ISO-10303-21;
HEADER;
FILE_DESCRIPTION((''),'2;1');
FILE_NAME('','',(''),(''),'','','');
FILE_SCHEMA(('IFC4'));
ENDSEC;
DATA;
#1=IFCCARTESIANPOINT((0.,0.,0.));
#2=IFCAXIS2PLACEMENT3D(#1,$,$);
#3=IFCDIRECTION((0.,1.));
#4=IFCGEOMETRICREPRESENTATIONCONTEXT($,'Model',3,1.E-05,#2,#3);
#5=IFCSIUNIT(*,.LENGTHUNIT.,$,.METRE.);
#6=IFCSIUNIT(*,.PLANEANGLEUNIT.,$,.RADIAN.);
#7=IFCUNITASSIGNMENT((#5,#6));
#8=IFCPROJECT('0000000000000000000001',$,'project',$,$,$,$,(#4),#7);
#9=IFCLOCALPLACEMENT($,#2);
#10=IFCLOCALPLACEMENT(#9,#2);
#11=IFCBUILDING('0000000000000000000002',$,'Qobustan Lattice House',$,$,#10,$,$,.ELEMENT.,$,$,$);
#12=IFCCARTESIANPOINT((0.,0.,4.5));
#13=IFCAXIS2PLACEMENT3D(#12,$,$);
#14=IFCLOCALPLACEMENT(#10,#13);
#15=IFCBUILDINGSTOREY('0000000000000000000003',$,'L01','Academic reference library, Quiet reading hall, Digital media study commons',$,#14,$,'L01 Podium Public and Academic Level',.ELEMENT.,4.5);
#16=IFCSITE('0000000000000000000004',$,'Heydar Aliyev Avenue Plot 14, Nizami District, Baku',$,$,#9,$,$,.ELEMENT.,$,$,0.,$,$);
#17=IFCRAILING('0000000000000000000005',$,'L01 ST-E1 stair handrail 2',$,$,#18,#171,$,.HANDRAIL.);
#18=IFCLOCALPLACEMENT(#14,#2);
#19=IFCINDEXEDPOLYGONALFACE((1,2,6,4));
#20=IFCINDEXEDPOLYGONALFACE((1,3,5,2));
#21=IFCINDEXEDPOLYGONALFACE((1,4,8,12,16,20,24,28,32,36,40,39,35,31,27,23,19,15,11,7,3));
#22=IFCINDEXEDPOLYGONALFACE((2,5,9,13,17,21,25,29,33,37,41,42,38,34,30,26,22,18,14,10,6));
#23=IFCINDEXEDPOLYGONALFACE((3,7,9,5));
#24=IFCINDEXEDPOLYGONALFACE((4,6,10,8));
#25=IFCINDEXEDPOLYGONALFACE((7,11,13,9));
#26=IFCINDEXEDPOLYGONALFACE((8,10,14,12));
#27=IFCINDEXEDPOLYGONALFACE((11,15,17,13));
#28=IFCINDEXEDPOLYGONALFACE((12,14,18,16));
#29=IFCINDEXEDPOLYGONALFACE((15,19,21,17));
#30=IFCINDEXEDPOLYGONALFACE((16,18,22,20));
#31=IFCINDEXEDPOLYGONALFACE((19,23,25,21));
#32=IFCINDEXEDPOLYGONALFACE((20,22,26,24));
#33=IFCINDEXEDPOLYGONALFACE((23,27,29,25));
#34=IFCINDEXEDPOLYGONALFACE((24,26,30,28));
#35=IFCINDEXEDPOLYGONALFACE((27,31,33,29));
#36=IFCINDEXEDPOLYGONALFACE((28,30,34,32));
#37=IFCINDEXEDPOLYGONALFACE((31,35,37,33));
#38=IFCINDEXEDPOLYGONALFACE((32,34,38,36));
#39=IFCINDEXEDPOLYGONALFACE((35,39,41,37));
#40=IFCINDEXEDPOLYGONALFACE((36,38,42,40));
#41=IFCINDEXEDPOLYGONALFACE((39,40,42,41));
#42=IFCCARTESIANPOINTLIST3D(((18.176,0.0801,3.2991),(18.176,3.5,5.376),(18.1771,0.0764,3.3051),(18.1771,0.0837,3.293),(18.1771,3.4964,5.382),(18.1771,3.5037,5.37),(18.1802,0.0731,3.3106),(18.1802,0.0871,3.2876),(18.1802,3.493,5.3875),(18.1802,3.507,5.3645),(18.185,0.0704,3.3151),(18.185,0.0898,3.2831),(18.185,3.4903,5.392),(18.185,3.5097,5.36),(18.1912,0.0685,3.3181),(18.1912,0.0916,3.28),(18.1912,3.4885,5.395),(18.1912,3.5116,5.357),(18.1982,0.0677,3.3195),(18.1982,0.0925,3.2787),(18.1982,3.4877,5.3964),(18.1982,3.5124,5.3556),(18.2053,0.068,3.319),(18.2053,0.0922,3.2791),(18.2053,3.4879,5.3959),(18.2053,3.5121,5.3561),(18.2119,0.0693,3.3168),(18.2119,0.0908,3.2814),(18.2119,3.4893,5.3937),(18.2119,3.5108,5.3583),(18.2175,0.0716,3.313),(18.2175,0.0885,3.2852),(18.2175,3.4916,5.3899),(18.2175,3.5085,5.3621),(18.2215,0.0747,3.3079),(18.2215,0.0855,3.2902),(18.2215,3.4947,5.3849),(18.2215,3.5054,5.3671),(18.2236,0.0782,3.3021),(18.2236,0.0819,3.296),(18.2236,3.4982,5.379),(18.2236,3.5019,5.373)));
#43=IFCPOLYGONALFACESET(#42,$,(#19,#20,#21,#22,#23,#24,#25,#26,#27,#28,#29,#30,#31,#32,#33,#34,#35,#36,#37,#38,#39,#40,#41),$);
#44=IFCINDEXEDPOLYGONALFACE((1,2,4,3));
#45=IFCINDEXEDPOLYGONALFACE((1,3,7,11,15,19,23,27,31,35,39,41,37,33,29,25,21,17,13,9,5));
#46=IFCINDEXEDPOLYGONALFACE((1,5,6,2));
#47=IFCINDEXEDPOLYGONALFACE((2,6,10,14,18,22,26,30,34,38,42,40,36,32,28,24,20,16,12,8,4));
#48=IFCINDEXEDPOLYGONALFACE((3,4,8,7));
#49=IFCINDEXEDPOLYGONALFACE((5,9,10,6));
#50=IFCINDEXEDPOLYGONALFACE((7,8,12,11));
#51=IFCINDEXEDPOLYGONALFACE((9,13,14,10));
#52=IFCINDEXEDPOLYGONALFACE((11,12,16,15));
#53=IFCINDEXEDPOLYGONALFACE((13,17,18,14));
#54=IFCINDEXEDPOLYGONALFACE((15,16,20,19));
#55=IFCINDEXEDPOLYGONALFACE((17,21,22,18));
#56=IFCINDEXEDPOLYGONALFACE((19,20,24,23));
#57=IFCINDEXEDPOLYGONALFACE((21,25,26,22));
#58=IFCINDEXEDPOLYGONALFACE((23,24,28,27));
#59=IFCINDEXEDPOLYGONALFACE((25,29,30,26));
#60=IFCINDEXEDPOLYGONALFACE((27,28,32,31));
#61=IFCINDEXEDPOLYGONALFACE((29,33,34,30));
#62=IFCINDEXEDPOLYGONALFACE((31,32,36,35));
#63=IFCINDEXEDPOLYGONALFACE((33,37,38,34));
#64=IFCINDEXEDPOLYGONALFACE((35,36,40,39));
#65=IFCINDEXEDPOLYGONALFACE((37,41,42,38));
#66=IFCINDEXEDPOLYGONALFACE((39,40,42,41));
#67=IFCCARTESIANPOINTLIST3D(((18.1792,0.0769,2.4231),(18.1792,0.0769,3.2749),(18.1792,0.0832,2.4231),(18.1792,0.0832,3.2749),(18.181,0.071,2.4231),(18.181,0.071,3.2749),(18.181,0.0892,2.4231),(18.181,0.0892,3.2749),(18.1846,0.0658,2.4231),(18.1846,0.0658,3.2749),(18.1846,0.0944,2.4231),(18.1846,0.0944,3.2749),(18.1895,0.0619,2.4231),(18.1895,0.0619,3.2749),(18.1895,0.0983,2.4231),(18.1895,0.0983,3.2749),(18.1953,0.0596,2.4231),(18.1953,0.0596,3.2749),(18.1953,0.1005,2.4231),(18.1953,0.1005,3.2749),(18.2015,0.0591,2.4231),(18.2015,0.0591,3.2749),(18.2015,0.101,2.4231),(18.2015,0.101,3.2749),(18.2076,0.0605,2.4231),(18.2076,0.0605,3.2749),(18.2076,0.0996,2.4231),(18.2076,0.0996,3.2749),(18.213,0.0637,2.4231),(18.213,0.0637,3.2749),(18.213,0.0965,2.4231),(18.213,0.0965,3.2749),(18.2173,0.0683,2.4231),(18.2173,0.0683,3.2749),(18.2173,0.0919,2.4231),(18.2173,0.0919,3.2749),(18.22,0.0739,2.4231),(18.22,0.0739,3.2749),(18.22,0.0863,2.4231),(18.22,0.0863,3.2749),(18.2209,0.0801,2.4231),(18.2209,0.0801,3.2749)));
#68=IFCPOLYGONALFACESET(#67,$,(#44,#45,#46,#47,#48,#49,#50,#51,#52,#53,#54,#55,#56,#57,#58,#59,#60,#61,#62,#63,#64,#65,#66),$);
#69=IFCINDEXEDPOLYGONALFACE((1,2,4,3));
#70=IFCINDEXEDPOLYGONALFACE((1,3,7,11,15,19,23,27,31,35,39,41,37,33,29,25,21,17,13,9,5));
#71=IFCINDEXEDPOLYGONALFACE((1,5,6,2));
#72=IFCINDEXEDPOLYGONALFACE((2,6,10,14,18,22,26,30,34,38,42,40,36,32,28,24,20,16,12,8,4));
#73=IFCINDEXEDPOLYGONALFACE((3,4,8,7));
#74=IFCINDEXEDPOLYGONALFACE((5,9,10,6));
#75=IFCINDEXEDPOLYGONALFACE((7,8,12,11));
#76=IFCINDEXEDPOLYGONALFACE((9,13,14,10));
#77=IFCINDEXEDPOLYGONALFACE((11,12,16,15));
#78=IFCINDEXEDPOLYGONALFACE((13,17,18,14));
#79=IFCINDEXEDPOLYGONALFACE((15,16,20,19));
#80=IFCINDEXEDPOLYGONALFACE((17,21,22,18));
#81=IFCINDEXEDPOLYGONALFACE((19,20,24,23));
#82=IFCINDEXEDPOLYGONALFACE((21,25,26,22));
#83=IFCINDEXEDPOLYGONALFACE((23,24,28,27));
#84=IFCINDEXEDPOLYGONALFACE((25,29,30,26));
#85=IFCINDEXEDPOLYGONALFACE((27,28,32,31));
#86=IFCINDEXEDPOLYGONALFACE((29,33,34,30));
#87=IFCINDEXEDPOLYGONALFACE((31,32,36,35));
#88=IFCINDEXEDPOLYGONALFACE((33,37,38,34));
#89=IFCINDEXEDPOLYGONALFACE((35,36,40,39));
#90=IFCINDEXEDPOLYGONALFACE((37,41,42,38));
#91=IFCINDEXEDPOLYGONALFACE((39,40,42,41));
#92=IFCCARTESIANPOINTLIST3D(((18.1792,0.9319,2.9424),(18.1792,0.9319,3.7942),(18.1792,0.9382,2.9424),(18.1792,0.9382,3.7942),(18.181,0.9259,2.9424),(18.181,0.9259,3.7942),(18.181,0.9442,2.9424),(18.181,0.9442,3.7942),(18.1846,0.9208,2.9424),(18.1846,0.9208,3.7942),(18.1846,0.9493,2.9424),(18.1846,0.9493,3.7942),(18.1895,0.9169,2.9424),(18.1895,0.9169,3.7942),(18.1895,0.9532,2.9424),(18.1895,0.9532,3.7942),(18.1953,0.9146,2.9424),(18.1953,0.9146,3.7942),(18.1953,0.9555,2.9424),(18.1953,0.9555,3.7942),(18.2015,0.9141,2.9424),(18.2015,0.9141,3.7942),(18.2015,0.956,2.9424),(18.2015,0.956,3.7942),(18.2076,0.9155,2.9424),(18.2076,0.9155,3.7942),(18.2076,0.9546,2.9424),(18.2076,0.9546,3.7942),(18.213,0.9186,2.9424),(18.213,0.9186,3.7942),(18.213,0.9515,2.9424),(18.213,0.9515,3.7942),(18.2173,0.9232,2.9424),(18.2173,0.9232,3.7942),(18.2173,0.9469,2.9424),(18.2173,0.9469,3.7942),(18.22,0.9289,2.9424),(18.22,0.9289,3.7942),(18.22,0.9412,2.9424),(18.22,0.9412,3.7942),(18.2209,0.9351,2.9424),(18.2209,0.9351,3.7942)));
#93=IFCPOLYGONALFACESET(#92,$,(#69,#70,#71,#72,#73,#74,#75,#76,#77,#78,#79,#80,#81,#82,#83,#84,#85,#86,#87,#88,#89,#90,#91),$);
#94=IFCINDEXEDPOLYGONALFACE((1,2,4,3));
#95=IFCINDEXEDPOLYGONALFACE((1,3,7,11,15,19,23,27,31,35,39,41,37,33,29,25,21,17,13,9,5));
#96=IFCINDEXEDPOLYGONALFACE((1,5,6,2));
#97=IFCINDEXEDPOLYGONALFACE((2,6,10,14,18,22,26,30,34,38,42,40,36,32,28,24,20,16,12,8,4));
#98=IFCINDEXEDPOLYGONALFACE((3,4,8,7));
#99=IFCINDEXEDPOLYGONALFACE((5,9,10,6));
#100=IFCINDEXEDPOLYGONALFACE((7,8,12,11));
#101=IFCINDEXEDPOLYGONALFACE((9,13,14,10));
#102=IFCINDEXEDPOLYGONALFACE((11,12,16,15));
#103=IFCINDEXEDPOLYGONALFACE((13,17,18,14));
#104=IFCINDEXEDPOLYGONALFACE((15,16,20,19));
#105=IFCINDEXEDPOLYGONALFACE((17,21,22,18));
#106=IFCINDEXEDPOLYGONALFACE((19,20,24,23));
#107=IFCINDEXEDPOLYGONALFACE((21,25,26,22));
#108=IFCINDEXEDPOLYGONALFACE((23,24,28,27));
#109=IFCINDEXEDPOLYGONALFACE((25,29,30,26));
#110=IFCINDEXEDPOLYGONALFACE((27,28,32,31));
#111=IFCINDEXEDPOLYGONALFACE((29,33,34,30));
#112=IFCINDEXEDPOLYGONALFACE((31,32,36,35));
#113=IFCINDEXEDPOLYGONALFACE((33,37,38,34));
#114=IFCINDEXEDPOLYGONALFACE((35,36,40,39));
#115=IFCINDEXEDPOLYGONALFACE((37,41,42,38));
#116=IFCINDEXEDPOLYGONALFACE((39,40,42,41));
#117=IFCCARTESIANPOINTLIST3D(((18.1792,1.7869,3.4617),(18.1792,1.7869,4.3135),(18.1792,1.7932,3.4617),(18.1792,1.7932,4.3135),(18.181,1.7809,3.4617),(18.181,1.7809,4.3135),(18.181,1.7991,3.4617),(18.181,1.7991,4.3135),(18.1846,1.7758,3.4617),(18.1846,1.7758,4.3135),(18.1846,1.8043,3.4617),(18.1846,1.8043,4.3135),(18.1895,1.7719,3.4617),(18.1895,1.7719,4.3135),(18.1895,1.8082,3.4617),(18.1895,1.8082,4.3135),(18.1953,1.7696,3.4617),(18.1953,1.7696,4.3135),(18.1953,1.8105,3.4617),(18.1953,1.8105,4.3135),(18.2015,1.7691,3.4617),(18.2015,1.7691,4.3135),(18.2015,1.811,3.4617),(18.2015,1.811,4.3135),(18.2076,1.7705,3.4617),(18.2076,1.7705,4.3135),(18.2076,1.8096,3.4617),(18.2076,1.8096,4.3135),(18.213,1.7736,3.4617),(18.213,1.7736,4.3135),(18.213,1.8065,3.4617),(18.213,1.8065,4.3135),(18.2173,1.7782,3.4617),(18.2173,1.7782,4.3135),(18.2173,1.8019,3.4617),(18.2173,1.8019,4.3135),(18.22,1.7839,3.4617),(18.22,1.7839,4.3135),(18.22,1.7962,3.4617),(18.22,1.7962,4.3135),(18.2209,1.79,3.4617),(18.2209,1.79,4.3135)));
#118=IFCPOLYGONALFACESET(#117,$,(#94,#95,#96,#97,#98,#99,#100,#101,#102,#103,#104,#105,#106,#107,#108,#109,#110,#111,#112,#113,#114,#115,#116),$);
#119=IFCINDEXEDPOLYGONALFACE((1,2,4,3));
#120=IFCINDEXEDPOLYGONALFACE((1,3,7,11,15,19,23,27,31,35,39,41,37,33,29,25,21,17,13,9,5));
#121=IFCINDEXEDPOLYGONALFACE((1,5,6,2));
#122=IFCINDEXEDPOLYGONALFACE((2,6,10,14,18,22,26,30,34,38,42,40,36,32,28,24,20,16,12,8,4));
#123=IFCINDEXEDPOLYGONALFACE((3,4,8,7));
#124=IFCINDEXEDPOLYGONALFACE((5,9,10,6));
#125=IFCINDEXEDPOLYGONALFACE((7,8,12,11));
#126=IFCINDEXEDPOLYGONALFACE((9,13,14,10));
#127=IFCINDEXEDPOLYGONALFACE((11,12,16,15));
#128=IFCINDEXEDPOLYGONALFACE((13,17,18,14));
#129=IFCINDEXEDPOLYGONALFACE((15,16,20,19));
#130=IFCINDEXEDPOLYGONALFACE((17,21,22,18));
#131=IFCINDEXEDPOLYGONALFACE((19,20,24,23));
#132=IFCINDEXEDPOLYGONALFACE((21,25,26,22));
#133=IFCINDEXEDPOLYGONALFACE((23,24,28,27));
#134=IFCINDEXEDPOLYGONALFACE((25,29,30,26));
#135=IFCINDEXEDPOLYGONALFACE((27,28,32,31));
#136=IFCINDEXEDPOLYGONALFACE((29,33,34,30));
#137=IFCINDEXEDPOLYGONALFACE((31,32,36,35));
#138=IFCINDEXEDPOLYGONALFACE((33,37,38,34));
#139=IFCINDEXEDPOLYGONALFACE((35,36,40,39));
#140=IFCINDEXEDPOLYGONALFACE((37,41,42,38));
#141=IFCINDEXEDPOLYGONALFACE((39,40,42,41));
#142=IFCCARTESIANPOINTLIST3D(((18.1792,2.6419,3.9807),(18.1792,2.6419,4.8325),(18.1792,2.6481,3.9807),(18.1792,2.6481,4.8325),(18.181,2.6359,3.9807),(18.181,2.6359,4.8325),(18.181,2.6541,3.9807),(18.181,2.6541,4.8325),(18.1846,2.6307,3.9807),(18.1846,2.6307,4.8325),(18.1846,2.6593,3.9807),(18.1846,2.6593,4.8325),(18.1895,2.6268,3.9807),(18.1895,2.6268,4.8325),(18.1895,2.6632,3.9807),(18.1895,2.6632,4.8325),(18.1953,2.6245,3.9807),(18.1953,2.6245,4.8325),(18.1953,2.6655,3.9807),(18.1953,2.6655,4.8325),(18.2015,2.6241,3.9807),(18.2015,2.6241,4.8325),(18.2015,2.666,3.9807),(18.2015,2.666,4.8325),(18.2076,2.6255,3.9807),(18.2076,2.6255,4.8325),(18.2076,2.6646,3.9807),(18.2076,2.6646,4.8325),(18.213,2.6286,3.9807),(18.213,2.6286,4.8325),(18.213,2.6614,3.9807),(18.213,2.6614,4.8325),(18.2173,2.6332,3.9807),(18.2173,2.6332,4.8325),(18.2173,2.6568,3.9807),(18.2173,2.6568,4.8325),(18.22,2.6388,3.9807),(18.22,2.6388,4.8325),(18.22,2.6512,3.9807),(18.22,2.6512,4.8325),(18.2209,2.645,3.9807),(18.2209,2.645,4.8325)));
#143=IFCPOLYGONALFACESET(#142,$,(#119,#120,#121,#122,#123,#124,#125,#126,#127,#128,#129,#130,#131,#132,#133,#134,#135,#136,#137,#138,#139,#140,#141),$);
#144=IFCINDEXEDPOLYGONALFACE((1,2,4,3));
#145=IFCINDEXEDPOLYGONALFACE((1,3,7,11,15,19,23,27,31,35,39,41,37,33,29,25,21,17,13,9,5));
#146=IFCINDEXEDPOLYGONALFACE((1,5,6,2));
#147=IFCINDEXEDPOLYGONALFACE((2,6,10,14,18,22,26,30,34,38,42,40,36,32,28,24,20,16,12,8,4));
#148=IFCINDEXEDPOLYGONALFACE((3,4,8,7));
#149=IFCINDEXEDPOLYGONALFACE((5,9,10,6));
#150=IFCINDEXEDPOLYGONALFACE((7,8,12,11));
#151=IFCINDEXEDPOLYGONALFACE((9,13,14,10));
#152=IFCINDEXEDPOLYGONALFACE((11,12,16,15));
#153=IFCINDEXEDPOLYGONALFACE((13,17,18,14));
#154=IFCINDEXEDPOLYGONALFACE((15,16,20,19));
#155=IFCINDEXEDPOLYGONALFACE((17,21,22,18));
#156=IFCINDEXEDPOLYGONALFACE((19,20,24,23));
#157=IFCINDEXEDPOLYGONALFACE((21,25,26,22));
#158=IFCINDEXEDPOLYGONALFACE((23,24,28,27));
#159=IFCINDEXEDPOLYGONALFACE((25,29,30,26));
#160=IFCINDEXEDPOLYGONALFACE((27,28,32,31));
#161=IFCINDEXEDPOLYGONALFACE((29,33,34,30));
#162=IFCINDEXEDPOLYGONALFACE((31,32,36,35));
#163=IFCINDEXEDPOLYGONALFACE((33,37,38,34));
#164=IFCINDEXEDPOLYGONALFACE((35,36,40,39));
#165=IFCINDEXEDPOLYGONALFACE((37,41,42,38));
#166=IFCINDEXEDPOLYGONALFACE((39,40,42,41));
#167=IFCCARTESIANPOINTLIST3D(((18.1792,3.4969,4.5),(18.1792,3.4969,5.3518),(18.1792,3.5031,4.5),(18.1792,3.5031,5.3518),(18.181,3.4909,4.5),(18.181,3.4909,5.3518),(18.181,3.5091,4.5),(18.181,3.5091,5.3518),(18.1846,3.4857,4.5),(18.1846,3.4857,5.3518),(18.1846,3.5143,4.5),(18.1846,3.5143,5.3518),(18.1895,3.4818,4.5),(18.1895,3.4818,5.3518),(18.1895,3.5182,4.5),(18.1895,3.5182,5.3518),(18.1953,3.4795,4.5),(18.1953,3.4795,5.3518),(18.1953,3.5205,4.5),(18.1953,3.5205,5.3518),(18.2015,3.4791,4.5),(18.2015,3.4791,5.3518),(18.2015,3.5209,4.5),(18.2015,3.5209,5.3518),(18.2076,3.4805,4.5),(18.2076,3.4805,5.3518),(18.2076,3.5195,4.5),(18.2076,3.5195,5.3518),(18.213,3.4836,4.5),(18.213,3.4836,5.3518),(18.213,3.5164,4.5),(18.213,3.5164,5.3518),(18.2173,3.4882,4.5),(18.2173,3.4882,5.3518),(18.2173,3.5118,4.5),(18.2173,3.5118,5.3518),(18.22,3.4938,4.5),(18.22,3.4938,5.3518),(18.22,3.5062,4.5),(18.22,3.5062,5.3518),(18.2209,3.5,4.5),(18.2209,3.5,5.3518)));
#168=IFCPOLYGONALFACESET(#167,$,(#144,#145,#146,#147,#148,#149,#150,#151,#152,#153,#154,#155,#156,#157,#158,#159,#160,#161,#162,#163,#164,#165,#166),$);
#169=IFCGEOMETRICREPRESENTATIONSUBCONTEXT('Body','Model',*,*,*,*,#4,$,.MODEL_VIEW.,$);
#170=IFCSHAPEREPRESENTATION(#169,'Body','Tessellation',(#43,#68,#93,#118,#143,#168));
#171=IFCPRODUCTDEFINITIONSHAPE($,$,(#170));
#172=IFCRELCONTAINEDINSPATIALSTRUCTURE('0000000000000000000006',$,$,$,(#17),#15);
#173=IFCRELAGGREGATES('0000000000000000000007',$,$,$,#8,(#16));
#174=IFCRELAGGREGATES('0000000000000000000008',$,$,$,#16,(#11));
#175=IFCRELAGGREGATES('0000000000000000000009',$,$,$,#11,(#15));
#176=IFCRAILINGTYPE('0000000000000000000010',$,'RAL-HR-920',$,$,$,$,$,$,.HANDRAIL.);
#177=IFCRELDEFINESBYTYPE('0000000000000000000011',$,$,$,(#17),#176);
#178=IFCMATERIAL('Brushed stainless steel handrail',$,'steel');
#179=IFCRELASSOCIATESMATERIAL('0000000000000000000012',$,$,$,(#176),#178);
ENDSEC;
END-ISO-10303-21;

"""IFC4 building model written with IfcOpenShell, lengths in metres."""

from ifc_helpers import new_model, si_unit, direction, frame, origin, origin_2d, place, context, subcontext, project, spatial, circle, extrude, material, type_object, element, save


model = new_model("IFC4")

# Units and contexts
model_context = context("Model", 3, precision=1e-05, world=origin(), true_north=direction((0.0, 1.0)))
body_context = subcontext(model_context, "Body", "Model", "MODEL_VIEW")
ifc_project = project(units=[si_unit("LENGTHUNIT", "METRE"), si_unit("PLANEANGLEUNIT", "RADIAN")], contexts=[model_context])

# Site, building, storey
site_placement = place(None, origin())
site = spatial("IfcSite", under=ifc_project, at=site_placement, Name="Heydar Aliyev Avenue Plot 14, Nizami District, Baku", CompositionType="ELEMENT", RefElevation=0.0)
building_placement = place(site_placement, origin())
building = spatial("IfcBuilding", under=site, at=building_placement, Name="Qobustan Lattice House", CompositionType="ELEMENT")
storey_placement = place(building_placement, frame((0.0, 0.0, 4.5)))
storey = spatial("IfcBuildingStorey", under=building, at=storey_placement, Name="L01", Description="Academic reference library, Quiet reading hall, Digital media study commons", LongName="L01 Podium Public and Academic Level", CompositionType="ELEMENT", Elevation=4.5)

# Railing
ifc_material_1 = material(Name="Brushed stainless steel handrail", Category="steel")
railing_type_1 = type_object("IfcRailingType", Name="RAL-HR-920", PredefinedType="HANDRAIL", material=ifc_material_1)
railing_1_placement = place(storey_placement, frame((18.2, 0.0801, 2.4231)))
element("IfcRailing", 1, at=railing_1_placement, inside=storey, type_object=railing_type_1, Name="L01 ST-E1 stair handrail 2", PredefinedType="HANDRAIL", context=body_context, shape_type="SweptSolid", body=[
    extrude(circle(Radius=0.0239, at=origin_2d()), frame((0.0, 0.0, 0.876), z_axis=(0.0, 0.85473, 0.519074), x_axis=(-1.0, 0.0, 0.0)), (0.0, 0.0, 1.0), 4.0012),
    extrude(circle(Radius=0.021, at=origin_2d()), origin(), (0.0, 0.0, 1.0), 0.8518),
    extrude(circle(Radius=0.021, at=origin_2d()), frame((0.0, 0.855, 0.5193)), (0.0, 0.0, 1.0), 0.8518),
    extrude(circle(Radius=0.021, at=origin_2d()), frame((0.0, 1.71, 1.0386)), (0.0, 0.0, 1.0), 0.8518),
    extrude(circle(Radius=0.021, at=origin_2d()), frame((0.0, 2.5649, 1.5576)), (0.0, 0.0, 1.0), 0.8518),
    extrude(circle(Radius=0.021, at=origin_2d()), frame((0.0, 3.4199, 2.0769)), (0.0, 0.0, 1.0), 0.8518),
])

save(model, "model.ifc")
